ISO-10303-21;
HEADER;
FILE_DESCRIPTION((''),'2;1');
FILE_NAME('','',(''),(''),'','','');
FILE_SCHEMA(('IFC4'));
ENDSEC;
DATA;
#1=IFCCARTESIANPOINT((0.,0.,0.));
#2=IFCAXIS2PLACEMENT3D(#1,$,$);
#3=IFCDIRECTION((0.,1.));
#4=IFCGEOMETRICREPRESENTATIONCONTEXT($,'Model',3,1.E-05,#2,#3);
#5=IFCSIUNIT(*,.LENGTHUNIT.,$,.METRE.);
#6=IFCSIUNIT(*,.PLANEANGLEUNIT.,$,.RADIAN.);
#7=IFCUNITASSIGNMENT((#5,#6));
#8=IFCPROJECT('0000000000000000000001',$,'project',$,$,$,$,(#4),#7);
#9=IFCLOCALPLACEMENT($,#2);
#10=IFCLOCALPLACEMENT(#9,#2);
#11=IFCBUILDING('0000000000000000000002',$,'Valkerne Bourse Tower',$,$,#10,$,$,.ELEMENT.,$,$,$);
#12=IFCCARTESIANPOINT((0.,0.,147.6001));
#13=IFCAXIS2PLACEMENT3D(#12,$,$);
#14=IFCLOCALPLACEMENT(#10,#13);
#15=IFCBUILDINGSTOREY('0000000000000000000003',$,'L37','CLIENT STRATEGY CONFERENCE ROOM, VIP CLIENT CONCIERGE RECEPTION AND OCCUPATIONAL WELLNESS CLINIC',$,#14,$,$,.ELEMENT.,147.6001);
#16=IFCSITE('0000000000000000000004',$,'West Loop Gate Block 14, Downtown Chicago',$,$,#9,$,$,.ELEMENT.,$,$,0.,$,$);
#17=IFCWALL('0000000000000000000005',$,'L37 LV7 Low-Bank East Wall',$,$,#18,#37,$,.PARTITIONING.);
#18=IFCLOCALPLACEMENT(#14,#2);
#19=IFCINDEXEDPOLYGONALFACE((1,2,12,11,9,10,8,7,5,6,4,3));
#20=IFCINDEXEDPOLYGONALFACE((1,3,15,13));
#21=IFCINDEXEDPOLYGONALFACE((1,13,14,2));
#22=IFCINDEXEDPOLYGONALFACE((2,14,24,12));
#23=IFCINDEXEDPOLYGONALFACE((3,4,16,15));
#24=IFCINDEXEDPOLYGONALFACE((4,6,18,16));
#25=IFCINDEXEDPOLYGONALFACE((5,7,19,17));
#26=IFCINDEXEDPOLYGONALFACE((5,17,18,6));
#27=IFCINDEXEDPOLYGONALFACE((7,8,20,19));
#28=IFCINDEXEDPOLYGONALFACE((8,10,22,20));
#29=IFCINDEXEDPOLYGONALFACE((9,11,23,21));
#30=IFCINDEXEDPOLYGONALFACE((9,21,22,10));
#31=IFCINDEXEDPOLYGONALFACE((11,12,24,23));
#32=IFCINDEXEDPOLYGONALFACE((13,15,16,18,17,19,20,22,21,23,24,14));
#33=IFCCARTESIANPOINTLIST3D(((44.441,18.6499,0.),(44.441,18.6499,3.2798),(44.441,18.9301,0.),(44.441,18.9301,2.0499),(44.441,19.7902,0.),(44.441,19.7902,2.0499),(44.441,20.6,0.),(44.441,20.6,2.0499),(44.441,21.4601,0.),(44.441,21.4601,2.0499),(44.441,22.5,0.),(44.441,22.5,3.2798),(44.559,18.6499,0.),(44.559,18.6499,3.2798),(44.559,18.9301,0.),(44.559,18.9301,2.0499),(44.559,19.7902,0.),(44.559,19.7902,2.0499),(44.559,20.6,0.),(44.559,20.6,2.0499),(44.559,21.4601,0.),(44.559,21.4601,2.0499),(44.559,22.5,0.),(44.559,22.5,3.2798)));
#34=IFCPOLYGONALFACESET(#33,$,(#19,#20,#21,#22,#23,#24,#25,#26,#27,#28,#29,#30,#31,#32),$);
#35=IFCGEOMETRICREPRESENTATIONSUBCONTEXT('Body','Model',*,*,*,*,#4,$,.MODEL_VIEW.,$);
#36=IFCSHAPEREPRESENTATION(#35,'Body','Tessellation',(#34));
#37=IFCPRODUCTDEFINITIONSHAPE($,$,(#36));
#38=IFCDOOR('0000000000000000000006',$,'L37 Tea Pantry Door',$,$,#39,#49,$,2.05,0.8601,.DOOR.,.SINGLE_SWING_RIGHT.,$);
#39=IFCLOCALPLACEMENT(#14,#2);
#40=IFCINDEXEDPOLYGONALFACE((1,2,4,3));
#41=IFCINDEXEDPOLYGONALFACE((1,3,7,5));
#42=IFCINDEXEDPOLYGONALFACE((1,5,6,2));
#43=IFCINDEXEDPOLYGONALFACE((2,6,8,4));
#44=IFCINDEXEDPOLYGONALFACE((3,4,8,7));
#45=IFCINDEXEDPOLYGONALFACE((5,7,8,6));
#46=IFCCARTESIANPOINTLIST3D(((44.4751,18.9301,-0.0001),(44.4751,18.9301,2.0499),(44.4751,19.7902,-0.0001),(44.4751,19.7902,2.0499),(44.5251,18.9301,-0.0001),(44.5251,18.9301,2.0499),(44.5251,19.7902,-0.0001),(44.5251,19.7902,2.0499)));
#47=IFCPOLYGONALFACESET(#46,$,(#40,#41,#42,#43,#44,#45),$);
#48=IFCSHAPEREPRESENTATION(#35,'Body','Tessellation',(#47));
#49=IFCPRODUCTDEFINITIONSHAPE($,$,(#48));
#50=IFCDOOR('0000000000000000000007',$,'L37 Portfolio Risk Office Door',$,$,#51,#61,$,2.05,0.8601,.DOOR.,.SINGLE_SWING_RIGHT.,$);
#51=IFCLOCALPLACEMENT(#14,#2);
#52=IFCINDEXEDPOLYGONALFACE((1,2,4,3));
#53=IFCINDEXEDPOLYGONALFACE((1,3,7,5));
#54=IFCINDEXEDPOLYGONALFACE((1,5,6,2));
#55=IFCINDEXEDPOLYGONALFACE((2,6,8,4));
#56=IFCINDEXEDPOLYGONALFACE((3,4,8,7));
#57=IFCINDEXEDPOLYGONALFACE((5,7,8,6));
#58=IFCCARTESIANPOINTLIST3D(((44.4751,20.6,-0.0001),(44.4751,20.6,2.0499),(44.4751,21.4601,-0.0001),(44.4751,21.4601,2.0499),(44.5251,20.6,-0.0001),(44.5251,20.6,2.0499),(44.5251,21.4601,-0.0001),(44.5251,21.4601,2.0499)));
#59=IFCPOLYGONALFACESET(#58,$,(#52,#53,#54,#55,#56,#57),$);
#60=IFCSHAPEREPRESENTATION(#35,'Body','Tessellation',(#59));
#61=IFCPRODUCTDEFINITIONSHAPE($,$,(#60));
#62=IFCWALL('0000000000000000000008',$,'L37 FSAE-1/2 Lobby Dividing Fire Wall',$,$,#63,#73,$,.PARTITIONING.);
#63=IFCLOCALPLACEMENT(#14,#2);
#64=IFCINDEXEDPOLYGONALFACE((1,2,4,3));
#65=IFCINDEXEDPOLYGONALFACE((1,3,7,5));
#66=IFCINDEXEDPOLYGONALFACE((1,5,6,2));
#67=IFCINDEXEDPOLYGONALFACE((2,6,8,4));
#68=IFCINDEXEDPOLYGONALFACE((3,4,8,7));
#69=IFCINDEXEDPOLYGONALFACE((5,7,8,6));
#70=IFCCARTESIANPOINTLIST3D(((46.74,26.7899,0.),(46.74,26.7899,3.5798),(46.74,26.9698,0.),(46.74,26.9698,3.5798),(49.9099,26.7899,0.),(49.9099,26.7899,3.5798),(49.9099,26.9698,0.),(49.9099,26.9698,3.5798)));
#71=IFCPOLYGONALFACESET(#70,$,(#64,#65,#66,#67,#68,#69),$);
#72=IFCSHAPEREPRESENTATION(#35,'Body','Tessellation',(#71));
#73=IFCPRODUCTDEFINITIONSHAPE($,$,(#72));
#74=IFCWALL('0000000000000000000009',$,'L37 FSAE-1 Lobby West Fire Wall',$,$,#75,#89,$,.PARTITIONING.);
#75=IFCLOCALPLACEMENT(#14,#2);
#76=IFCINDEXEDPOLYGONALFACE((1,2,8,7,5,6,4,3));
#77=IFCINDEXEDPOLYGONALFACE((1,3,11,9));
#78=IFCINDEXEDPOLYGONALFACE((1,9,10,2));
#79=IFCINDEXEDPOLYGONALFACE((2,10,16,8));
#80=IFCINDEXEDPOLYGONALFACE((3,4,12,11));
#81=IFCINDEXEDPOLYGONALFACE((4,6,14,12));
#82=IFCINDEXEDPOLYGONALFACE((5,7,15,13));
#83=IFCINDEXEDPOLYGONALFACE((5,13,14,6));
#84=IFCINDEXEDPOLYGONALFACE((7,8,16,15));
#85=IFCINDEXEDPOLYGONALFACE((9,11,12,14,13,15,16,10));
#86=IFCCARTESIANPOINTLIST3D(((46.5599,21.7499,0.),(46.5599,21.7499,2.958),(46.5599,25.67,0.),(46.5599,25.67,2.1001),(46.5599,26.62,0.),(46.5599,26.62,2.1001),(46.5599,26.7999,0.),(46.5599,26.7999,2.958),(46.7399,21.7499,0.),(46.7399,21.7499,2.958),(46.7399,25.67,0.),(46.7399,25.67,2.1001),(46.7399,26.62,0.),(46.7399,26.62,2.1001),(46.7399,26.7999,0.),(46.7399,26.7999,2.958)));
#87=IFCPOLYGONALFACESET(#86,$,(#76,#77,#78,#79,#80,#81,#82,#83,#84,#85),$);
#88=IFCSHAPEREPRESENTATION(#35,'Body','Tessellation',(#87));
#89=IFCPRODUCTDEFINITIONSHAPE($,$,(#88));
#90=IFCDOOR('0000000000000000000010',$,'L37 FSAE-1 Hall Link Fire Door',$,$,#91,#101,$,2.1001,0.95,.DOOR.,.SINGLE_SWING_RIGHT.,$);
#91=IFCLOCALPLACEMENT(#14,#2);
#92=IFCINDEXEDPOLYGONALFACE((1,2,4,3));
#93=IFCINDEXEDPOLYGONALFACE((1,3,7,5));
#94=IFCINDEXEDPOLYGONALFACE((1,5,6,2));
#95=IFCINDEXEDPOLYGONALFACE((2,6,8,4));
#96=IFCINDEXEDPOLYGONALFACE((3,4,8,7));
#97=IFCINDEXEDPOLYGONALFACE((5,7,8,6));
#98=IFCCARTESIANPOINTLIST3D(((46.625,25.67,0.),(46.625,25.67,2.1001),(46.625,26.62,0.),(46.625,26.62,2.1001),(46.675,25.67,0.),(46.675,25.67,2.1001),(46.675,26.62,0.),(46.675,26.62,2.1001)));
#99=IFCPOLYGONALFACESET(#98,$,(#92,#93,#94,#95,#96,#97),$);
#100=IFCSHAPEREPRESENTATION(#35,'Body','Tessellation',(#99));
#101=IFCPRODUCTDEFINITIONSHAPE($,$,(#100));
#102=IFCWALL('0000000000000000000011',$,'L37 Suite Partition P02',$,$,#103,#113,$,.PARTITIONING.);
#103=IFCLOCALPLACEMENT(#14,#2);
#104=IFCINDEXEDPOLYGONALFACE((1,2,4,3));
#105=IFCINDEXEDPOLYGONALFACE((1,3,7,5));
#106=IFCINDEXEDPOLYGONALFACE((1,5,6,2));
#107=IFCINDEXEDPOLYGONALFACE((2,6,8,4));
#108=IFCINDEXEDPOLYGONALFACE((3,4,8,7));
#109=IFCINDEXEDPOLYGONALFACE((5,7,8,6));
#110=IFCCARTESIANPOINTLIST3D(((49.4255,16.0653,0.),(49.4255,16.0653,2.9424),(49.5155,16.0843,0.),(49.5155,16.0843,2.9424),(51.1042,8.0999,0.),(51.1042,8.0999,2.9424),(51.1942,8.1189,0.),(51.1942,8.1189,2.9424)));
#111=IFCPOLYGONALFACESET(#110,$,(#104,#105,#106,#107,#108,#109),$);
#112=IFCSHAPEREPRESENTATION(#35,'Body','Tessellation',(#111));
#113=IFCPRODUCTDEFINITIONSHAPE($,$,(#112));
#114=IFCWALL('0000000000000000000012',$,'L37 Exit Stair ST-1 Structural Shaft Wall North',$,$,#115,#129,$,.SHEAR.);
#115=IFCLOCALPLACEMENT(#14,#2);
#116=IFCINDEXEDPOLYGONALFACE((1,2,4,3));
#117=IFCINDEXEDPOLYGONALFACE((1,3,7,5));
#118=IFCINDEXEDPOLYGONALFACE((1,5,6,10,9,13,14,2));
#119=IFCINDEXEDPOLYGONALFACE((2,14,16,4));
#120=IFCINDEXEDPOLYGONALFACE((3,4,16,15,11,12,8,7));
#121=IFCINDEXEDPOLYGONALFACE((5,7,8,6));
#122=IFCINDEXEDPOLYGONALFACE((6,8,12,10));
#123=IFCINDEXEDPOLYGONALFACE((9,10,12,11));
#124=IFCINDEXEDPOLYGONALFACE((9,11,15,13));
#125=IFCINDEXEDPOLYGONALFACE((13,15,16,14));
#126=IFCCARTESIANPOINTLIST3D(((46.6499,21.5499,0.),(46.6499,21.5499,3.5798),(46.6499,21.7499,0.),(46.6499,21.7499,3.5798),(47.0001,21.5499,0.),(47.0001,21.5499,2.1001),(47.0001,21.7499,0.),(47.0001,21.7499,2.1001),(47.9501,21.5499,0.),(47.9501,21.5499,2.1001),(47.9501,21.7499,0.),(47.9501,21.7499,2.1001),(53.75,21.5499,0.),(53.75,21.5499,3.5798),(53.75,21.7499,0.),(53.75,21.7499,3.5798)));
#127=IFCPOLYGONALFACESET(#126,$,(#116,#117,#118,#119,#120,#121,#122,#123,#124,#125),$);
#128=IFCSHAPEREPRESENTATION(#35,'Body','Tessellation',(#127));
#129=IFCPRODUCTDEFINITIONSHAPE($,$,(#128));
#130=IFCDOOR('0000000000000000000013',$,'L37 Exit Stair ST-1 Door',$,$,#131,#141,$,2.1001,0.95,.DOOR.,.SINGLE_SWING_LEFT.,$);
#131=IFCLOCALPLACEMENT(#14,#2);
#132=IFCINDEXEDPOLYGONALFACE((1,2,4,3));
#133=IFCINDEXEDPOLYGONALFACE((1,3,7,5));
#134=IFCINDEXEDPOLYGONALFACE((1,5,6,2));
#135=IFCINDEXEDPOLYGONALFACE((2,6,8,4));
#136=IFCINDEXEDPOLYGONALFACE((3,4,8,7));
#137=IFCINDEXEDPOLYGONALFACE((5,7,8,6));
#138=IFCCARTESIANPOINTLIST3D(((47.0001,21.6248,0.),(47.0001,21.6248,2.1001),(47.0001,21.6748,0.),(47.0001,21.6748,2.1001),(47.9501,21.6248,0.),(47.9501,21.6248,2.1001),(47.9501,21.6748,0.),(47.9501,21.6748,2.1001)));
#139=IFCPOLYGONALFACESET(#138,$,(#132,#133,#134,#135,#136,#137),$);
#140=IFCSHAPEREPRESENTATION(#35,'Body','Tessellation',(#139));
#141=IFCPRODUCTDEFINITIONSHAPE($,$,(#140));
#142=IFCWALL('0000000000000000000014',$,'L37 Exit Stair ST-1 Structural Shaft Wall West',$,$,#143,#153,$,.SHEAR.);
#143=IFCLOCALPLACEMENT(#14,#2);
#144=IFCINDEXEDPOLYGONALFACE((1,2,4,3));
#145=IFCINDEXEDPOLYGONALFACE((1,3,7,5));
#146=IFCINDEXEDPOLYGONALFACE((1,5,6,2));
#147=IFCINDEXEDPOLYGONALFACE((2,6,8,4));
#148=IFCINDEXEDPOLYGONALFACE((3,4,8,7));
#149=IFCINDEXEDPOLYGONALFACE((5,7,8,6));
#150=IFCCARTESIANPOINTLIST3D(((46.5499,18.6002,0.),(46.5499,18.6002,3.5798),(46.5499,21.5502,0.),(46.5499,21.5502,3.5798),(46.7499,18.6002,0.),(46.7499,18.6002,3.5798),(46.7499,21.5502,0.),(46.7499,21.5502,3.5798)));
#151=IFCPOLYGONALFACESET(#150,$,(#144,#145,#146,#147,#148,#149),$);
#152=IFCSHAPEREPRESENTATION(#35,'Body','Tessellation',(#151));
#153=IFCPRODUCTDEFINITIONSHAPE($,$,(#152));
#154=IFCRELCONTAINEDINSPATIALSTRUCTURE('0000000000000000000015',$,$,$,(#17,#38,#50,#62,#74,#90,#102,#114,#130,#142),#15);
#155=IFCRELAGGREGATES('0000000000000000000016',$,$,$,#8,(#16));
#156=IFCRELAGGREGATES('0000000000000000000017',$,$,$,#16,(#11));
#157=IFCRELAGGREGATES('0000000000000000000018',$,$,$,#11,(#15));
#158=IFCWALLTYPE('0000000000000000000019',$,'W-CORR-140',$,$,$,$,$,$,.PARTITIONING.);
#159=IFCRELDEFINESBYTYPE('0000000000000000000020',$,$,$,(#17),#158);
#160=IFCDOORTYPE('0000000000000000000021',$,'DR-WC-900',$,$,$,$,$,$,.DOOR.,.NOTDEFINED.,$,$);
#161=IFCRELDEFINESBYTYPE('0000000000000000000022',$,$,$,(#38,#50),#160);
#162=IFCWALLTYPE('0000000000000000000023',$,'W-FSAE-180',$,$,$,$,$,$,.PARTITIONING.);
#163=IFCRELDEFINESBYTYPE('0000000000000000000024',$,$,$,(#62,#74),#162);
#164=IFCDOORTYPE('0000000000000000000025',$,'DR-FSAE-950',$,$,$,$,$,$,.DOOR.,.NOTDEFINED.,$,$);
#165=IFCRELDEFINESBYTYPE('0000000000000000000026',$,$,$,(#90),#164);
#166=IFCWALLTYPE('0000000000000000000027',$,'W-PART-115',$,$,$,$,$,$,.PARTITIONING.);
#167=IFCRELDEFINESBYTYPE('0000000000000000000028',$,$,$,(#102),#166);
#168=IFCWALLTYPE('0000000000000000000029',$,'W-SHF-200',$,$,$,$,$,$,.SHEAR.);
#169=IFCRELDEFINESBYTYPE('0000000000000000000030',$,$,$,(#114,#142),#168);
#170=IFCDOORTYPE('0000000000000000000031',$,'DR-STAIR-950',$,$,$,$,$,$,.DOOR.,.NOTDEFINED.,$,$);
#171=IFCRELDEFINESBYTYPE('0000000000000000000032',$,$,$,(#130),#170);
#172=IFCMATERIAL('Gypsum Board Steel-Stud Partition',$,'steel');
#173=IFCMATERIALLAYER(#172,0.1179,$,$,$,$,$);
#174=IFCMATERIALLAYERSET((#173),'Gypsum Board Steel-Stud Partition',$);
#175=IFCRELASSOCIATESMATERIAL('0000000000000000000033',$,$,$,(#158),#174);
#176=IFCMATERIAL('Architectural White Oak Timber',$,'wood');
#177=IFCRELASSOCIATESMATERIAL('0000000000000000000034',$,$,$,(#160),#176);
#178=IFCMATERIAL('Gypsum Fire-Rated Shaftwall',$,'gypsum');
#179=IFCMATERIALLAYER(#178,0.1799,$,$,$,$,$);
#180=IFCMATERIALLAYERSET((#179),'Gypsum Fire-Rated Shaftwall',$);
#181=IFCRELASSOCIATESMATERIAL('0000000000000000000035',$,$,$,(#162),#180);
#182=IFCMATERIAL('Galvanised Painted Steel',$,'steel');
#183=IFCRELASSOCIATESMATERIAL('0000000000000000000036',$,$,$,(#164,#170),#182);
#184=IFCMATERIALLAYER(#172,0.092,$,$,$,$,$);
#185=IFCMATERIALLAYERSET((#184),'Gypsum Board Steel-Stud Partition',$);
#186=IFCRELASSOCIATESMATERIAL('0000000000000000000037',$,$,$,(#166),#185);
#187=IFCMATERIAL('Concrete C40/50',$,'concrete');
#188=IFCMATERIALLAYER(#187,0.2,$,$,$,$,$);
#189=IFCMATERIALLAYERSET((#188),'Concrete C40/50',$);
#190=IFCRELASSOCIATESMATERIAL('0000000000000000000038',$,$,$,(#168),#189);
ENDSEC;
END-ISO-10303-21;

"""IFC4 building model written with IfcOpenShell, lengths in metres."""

from ifc_helpers import new_model, si_unit, direction, frame, frame_2d, origin, place, context, subcontext, project, spatial, rectangle, extrude, material, layer, layer_set, type_object, element, fill, save


model = new_model("IFC4")

# Units and contexts
model_context = context("Model", 3, precision=1e-05, world=origin(), true_north=direction((0.0, 1.0)))
body_context = subcontext(model_context, "Body", "Model", "MODEL_VIEW")
ifc_project = project(units=[si_unit("LENGTHUNIT", "METRE"), si_unit("PLANEANGLEUNIT", "RADIAN")], contexts=[model_context])

# Site, building, storey
site_placement = place(None, origin())
site = spatial("IfcSite", under=ifc_project, at=site_placement, Name="West Loop Gate Block 14, Downtown Chicago", CompositionType="ELEMENT", RefElevation=0.0)
building_placement = place(site_placement, origin())
building = spatial("IfcBuilding", under=site, at=building_placement, Name="Valkerne Bourse Tower", CompositionType="ELEMENT")
storey_placement = place(building_placement, frame((0.0, 0.0, 147.6001)))
storey = spatial("IfcBuildingStorey", under=building, at=storey_placement, Name="L37", Description="CLIENT STRATEGY CONFERENCE ROOM, VIP CLIENT CONCIERGE RECEPTION AND OCCUPATIONAL WELLNESS CLINIC", CompositionType="ELEMENT", Elevation=147.6001)

# Wall, openings, doors
ifc_material_1 = material(Name="Gypsum Board Steel-Stud Partition", Category="steel")
ifc_layer_1 = layer(ifc_material_1, 0.1179)
ifc_layer_set_1 = layer_set([ifc_layer_1], Name="Gypsum Board Steel-Stud Partition")
wall_type_1 = type_object("IfcWallType", Name="W-CORR-140", PredefinedType="PARTITIONING", material=ifc_layer_set_1)
wall_1_placement = place(storey_placement, frame((44.5, 18.6499, 0.0), z_axis=(0.0, 0.0, 1.0), x_axis=(0.0, 1.0, 0.0)))
wall_1 = element("IfcWall", 1, at=wall_1_placement, inside=storey, type_object=wall_type_1, Name="L37 LV7 Low-Bank East Wall", PredefinedType="PARTITIONING", context=body_context, shape_type="SweptSolid", body=[
    extrude(rectangle(XDim=3.8501, YDim=0.1179, at=frame_2d((1.925, 0.0))), origin(), (0.0, 0.0, 1.0), 3.2798),
])
opening_1_placement = place(wall_1_placement, frame((0.28, 0.0, 0.0)))
opening_1 = element("IfcOpeningElement", 2, at=opening_1_placement, cuts=wall_1, PredefinedType="OPENING", context=body_context, shape_type="SweptSolid", body=[
    extrude(rectangle(XDim=0.8601, YDim=2.05, at=frame_2d((0.4302, 1.0249))), frame((0.0, 0.0688, 0.0), z_axis=(0.0, -1.0, 0.0), x_axis=(1.0, 0.0, 0.0)), (0.0, 0.0, 1.0), 0.1379),
])
opening_2_placement = place(wall_1_placement, frame((1.95, 0.0, 0.0)))
opening_2 = element("IfcOpeningElement", 3, at=opening_2_placement, cuts=wall_1, PredefinedType="OPENING", context=body_context, shape_type="SweptSolid", body=[
    extrude(rectangle(XDim=0.8601, YDim=2.05, at=frame_2d((0.4302, 1.0249))), frame((0.0, 0.0688, 0.0), z_axis=(0.0, -1.0, 0.0), x_axis=(1.0, 0.0, 0.0)), (0.0, 0.0, 1.0), 0.1379),
])
ifc_material_2 = material(Name="Architectural White Oak Timber", Category="wood")
door_type_1 = type_object("IfcDoorType", Name="DR-WC-900", OperationType="NOTDEFINED", PredefinedType="DOOR", material=ifc_material_2)
door_1_placement = place(opening_1_placement, origin())
door_1 = element("IfcDoor", 4, at=door_1_placement, inside=storey, type_object=door_type_1, Name="L37 Tea Pantry Door", OperationType="SINGLE_SWING_RIGHT", OverallHeight=2.05, OverallWidth=0.8601, PredefinedType="DOOR", context=body_context, shape_type="SweptSolid", body=[
    extrude(rectangle(XDim=0.8601, YDim=2.05, at=frame_2d((0.4302, 1.0249))), frame((0.0, 0.0249, 0.0), z_axis=(0.0, -1.0, 0.0), x_axis=(1.0, 0.0, 0.0)), (0.0, 0.0, 1.0), 0.05),
])
fill(opening_1, door_1)
door_2_placement = place(opening_2_placement, origin())
door_2 = element("IfcDoor", 5, at=door_2_placement, inside=storey, type_object=door_type_1, Name="L37 Portfolio Risk Office Door", OperationType="SINGLE_SWING_RIGHT", OverallHeight=2.05, OverallWidth=0.8601, PredefinedType="DOOR", context=body_context, shape_type="SweptSolid", body=[
    extrude(rectangle(XDim=0.8601, YDim=2.05, at=frame_2d((0.4302, 1.0249))), frame((0.0, 0.0249, 0.0), z_axis=(0.0, -1.0, 0.0), x_axis=(1.0, 0.0, 0.0)), (0.0, 0.0, 1.0), 0.05),
])
fill(opening_2, door_2)

# Wall
ifc_material_3 = material(Name="Gypsum Fire-Rated Shaftwall", Category="gypsum")
ifc_layer_2 = layer(ifc_material_3, 0.1799)
ifc_layer_set_2 = layer_set([ifc_layer_2], Name="Gypsum Fire-Rated Shaftwall")
wall_type_2 = type_object("IfcWallType", Name="W-FSAE-180", PredefinedType="PARTITIONING", material=ifc_layer_set_2)
wall_2_placement = place(storey_placement, frame((46.74, 26.8799, 0.0), z_axis=(0.0, 0.0, 1.0), x_axis=(1.0, 0.0, 0.0)))
element("IfcWall", 6, at=wall_2_placement, inside=storey, type_object=wall_type_2, Name="L37 FSAE-1/2 Lobby Dividing Fire Wall", PredefinedType="PARTITIONING", context=body_context, shape_type="SweptSolid", body=[
    extrude(rectangle(XDim=3.1699, YDim=0.1799, at=frame_2d((1.585, 0.0))), origin(), (0.0, 0.0, 1.0), 3.5798),
])

# Wall, opening, door
wall_3_placement = place(storey_placement, frame((46.6499, 21.75, 0.0), z_axis=(0.0, 0.0, 1.0), x_axis=(0.0, 1.0, 0.0)))
wall_3 = element("IfcWall", 7, at=wall_3_placement, inside=storey, type_object=wall_type_2, Name="L37 FSAE-1 Lobby West Fire Wall", PredefinedType="PARTITIONING", context=body_context, shape_type="SweptSolid", body=[
    extrude(rectangle(XDim=5.05, YDim=0.1799, at=frame_2d((2.5249, 0.0))), origin(), (0.0, 0.0, 1.0), 2.958),
])
opening_3_placement = place(wall_3_placement, frame((3.9199, 0.0, 0.0)))
opening_3 = element("IfcOpeningElement", 8, at=opening_3_placement, cuts=wall_3, PredefinedType="OPENING", context=body_context, shape_type="SweptSolid", body=[
    extrude(rectangle(XDim=0.95, YDim=2.1001, at=frame_2d((0.4751, 1.05))), frame((0.0, 0.0999, 0.0), z_axis=(0.0, -1.0, 0.0), x_axis=(1.0, 0.0, 0.0)), (0.0, 0.0, 1.0), 0.2),
])
ifc_material_4 = material(Name="Galvanised Painted Steel", Category="steel")
door_type_2 = type_object("IfcDoorType", Name="DR-FSAE-950", OperationType="NOTDEFINED", PredefinedType="DOOR", material=ifc_material_4)
door_3_placement = place(opening_3_placement, origin())
door_3 = element("IfcDoor", 9, at=door_3_placement, inside=storey, type_object=door_type_2, Name="L37 FSAE-1 Hall Link Fire Door", OperationType="SINGLE_SWING_RIGHT", OverallHeight=2.1001, OverallWidth=0.95, PredefinedType="DOOR", context=body_context, shape_type="SweptSolid", body=[
    extrude(rectangle(XDim=0.95, YDim=2.1001, at=frame_2d((0.4751, 1.05))), frame((0.0, 0.0249, 0.0), z_axis=(0.0, -1.0, 0.0), x_axis=(1.0, 0.0, 0.0)), (0.0, 0.0, 1.0), 0.05),
])
fill(opening_3, door_3)

# Wall
ifc_layer_3 = layer(ifc_material_1, 0.092)
ifc_layer_set_3 = layer_set([ifc_layer_3], Name="Gypsum Board Steel-Stud Partition")
wall_type_3 = type_object("IfcWallType", Name="W-PART-115", PredefinedType="PARTITIONING", material=ifc_layer_set_3)
wall_4_placement = place(storey_placement, frame((49.4705, 16.075, 0.0), z_axis=(0.0, 0.0, 1.0), x_axis=(0.206222, -0.978505, 0.0)))
element("IfcWall", 10, at=wall_4_placement, inside=storey, type_object=wall_type_3, Name="L37 Suite Partition P02", PredefinedType="PARTITIONING", context=body_context, shape_type="SweptSolid", body=[
    extrude(rectangle(XDim=8.1404, YDim=0.092, at=frame_2d((4.0703, 0.0))), origin(), (0.0, 0.0, 1.0), 2.9424),
])

# Wall, opening, door
ifc_material_5 = material(Name="Concrete C40/50", Category="concrete")
ifc_layer_4 = layer(ifc_material_5, 0.2)
ifc_layer_set_4 = layer_set([ifc_layer_4], Name="Concrete C40/50")
wall_type_4 = type_object("IfcWallType", Name="W-SHF-200", PredefinedType="SHEAR", material=ifc_layer_set_4)
wall_5_placement = place(storey_placement, frame((46.6499, 21.6499, 0.0), z_axis=(0.0, 0.0, 1.0), x_axis=(1.0, 0.0, 0.0)))
wall_5 = element("IfcWall", 11, at=wall_5_placement, inside=storey, type_object=wall_type_4, Name="L37 Exit Stair ST-1 Structural Shaft Wall North", PredefinedType="SHEAR", context=body_context, shape_type="SweptSolid", body=[
    extrude(rectangle(XDim=7.1001, YDim=0.2, at=frame_2d((3.55, 0.0))), origin(), (0.0, 0.0, 1.0), 3.5798),
])
opening_4_placement = place(wall_5_placement, frame((0.3501, 0.0, 0.0)))
opening_4 = element("IfcOpeningElement", 12, at=opening_4_placement, cuts=wall_5, PredefinedType="OPENING", context=body_context, shape_type="SweptSolid", body=[
    extrude(rectangle(XDim=0.95, YDim=2.1001, at=frame_2d((0.4751, 1.05))), frame((0.0, 0.1099, 0.0), z_axis=(0.0, -1.0, 0.0), x_axis=(1.0, 0.0, 0.0)), (0.0, 0.0, 1.0), 0.22),
])
door_type_3 = type_object("IfcDoorType", Name="DR-STAIR-950", OperationType="NOTDEFINED", PredefinedType="DOOR", material=ifc_material_4)
door_4_placement = place(opening_4_placement, origin())
door_4 = element("IfcDoor", 13, at=door_4_placement, inside=storey, type_object=door_type_3, Name="L37 Exit Stair ST-1 Door", OperationType="SINGLE_SWING_LEFT", OverallHeight=2.1001, OverallWidth=0.95, PredefinedType="DOOR", context=body_context, shape_type="SweptSolid", body=[
    extrude(rectangle(XDim=0.95, YDim=2.1001, at=frame_2d((0.4751, 1.05))), frame((0.0, 0.0249, 0.0), z_axis=(0.0, -1.0, 0.0), x_axis=(1.0, 0.0, 0.0)), (0.0, 0.0, 1.0), 0.05),
])
fill(opening_4, door_4)

# Wall
wall_6_placement = place(storey_placement, frame((46.6499, 18.6001, 0.0), z_axis=(0.0, 0.0, 1.0), x_axis=(0.0, 1.0, 0.0)))
element("IfcWall", 14, at=wall_6_placement, inside=storey, type_object=wall_type_4, Name="L37 Exit Stair ST-1 Structural Shaft Wall West", PredefinedType="SHEAR", context=body_context, shape_type="SweptSolid", body=[
    extrude(rectangle(XDim=2.95, YDim=0.2, at=frame_2d((1.4751, 0.0))), origin(), (0.0, 0.0, 1.0), 3.5798),
])

save(model, "model.ifc")
